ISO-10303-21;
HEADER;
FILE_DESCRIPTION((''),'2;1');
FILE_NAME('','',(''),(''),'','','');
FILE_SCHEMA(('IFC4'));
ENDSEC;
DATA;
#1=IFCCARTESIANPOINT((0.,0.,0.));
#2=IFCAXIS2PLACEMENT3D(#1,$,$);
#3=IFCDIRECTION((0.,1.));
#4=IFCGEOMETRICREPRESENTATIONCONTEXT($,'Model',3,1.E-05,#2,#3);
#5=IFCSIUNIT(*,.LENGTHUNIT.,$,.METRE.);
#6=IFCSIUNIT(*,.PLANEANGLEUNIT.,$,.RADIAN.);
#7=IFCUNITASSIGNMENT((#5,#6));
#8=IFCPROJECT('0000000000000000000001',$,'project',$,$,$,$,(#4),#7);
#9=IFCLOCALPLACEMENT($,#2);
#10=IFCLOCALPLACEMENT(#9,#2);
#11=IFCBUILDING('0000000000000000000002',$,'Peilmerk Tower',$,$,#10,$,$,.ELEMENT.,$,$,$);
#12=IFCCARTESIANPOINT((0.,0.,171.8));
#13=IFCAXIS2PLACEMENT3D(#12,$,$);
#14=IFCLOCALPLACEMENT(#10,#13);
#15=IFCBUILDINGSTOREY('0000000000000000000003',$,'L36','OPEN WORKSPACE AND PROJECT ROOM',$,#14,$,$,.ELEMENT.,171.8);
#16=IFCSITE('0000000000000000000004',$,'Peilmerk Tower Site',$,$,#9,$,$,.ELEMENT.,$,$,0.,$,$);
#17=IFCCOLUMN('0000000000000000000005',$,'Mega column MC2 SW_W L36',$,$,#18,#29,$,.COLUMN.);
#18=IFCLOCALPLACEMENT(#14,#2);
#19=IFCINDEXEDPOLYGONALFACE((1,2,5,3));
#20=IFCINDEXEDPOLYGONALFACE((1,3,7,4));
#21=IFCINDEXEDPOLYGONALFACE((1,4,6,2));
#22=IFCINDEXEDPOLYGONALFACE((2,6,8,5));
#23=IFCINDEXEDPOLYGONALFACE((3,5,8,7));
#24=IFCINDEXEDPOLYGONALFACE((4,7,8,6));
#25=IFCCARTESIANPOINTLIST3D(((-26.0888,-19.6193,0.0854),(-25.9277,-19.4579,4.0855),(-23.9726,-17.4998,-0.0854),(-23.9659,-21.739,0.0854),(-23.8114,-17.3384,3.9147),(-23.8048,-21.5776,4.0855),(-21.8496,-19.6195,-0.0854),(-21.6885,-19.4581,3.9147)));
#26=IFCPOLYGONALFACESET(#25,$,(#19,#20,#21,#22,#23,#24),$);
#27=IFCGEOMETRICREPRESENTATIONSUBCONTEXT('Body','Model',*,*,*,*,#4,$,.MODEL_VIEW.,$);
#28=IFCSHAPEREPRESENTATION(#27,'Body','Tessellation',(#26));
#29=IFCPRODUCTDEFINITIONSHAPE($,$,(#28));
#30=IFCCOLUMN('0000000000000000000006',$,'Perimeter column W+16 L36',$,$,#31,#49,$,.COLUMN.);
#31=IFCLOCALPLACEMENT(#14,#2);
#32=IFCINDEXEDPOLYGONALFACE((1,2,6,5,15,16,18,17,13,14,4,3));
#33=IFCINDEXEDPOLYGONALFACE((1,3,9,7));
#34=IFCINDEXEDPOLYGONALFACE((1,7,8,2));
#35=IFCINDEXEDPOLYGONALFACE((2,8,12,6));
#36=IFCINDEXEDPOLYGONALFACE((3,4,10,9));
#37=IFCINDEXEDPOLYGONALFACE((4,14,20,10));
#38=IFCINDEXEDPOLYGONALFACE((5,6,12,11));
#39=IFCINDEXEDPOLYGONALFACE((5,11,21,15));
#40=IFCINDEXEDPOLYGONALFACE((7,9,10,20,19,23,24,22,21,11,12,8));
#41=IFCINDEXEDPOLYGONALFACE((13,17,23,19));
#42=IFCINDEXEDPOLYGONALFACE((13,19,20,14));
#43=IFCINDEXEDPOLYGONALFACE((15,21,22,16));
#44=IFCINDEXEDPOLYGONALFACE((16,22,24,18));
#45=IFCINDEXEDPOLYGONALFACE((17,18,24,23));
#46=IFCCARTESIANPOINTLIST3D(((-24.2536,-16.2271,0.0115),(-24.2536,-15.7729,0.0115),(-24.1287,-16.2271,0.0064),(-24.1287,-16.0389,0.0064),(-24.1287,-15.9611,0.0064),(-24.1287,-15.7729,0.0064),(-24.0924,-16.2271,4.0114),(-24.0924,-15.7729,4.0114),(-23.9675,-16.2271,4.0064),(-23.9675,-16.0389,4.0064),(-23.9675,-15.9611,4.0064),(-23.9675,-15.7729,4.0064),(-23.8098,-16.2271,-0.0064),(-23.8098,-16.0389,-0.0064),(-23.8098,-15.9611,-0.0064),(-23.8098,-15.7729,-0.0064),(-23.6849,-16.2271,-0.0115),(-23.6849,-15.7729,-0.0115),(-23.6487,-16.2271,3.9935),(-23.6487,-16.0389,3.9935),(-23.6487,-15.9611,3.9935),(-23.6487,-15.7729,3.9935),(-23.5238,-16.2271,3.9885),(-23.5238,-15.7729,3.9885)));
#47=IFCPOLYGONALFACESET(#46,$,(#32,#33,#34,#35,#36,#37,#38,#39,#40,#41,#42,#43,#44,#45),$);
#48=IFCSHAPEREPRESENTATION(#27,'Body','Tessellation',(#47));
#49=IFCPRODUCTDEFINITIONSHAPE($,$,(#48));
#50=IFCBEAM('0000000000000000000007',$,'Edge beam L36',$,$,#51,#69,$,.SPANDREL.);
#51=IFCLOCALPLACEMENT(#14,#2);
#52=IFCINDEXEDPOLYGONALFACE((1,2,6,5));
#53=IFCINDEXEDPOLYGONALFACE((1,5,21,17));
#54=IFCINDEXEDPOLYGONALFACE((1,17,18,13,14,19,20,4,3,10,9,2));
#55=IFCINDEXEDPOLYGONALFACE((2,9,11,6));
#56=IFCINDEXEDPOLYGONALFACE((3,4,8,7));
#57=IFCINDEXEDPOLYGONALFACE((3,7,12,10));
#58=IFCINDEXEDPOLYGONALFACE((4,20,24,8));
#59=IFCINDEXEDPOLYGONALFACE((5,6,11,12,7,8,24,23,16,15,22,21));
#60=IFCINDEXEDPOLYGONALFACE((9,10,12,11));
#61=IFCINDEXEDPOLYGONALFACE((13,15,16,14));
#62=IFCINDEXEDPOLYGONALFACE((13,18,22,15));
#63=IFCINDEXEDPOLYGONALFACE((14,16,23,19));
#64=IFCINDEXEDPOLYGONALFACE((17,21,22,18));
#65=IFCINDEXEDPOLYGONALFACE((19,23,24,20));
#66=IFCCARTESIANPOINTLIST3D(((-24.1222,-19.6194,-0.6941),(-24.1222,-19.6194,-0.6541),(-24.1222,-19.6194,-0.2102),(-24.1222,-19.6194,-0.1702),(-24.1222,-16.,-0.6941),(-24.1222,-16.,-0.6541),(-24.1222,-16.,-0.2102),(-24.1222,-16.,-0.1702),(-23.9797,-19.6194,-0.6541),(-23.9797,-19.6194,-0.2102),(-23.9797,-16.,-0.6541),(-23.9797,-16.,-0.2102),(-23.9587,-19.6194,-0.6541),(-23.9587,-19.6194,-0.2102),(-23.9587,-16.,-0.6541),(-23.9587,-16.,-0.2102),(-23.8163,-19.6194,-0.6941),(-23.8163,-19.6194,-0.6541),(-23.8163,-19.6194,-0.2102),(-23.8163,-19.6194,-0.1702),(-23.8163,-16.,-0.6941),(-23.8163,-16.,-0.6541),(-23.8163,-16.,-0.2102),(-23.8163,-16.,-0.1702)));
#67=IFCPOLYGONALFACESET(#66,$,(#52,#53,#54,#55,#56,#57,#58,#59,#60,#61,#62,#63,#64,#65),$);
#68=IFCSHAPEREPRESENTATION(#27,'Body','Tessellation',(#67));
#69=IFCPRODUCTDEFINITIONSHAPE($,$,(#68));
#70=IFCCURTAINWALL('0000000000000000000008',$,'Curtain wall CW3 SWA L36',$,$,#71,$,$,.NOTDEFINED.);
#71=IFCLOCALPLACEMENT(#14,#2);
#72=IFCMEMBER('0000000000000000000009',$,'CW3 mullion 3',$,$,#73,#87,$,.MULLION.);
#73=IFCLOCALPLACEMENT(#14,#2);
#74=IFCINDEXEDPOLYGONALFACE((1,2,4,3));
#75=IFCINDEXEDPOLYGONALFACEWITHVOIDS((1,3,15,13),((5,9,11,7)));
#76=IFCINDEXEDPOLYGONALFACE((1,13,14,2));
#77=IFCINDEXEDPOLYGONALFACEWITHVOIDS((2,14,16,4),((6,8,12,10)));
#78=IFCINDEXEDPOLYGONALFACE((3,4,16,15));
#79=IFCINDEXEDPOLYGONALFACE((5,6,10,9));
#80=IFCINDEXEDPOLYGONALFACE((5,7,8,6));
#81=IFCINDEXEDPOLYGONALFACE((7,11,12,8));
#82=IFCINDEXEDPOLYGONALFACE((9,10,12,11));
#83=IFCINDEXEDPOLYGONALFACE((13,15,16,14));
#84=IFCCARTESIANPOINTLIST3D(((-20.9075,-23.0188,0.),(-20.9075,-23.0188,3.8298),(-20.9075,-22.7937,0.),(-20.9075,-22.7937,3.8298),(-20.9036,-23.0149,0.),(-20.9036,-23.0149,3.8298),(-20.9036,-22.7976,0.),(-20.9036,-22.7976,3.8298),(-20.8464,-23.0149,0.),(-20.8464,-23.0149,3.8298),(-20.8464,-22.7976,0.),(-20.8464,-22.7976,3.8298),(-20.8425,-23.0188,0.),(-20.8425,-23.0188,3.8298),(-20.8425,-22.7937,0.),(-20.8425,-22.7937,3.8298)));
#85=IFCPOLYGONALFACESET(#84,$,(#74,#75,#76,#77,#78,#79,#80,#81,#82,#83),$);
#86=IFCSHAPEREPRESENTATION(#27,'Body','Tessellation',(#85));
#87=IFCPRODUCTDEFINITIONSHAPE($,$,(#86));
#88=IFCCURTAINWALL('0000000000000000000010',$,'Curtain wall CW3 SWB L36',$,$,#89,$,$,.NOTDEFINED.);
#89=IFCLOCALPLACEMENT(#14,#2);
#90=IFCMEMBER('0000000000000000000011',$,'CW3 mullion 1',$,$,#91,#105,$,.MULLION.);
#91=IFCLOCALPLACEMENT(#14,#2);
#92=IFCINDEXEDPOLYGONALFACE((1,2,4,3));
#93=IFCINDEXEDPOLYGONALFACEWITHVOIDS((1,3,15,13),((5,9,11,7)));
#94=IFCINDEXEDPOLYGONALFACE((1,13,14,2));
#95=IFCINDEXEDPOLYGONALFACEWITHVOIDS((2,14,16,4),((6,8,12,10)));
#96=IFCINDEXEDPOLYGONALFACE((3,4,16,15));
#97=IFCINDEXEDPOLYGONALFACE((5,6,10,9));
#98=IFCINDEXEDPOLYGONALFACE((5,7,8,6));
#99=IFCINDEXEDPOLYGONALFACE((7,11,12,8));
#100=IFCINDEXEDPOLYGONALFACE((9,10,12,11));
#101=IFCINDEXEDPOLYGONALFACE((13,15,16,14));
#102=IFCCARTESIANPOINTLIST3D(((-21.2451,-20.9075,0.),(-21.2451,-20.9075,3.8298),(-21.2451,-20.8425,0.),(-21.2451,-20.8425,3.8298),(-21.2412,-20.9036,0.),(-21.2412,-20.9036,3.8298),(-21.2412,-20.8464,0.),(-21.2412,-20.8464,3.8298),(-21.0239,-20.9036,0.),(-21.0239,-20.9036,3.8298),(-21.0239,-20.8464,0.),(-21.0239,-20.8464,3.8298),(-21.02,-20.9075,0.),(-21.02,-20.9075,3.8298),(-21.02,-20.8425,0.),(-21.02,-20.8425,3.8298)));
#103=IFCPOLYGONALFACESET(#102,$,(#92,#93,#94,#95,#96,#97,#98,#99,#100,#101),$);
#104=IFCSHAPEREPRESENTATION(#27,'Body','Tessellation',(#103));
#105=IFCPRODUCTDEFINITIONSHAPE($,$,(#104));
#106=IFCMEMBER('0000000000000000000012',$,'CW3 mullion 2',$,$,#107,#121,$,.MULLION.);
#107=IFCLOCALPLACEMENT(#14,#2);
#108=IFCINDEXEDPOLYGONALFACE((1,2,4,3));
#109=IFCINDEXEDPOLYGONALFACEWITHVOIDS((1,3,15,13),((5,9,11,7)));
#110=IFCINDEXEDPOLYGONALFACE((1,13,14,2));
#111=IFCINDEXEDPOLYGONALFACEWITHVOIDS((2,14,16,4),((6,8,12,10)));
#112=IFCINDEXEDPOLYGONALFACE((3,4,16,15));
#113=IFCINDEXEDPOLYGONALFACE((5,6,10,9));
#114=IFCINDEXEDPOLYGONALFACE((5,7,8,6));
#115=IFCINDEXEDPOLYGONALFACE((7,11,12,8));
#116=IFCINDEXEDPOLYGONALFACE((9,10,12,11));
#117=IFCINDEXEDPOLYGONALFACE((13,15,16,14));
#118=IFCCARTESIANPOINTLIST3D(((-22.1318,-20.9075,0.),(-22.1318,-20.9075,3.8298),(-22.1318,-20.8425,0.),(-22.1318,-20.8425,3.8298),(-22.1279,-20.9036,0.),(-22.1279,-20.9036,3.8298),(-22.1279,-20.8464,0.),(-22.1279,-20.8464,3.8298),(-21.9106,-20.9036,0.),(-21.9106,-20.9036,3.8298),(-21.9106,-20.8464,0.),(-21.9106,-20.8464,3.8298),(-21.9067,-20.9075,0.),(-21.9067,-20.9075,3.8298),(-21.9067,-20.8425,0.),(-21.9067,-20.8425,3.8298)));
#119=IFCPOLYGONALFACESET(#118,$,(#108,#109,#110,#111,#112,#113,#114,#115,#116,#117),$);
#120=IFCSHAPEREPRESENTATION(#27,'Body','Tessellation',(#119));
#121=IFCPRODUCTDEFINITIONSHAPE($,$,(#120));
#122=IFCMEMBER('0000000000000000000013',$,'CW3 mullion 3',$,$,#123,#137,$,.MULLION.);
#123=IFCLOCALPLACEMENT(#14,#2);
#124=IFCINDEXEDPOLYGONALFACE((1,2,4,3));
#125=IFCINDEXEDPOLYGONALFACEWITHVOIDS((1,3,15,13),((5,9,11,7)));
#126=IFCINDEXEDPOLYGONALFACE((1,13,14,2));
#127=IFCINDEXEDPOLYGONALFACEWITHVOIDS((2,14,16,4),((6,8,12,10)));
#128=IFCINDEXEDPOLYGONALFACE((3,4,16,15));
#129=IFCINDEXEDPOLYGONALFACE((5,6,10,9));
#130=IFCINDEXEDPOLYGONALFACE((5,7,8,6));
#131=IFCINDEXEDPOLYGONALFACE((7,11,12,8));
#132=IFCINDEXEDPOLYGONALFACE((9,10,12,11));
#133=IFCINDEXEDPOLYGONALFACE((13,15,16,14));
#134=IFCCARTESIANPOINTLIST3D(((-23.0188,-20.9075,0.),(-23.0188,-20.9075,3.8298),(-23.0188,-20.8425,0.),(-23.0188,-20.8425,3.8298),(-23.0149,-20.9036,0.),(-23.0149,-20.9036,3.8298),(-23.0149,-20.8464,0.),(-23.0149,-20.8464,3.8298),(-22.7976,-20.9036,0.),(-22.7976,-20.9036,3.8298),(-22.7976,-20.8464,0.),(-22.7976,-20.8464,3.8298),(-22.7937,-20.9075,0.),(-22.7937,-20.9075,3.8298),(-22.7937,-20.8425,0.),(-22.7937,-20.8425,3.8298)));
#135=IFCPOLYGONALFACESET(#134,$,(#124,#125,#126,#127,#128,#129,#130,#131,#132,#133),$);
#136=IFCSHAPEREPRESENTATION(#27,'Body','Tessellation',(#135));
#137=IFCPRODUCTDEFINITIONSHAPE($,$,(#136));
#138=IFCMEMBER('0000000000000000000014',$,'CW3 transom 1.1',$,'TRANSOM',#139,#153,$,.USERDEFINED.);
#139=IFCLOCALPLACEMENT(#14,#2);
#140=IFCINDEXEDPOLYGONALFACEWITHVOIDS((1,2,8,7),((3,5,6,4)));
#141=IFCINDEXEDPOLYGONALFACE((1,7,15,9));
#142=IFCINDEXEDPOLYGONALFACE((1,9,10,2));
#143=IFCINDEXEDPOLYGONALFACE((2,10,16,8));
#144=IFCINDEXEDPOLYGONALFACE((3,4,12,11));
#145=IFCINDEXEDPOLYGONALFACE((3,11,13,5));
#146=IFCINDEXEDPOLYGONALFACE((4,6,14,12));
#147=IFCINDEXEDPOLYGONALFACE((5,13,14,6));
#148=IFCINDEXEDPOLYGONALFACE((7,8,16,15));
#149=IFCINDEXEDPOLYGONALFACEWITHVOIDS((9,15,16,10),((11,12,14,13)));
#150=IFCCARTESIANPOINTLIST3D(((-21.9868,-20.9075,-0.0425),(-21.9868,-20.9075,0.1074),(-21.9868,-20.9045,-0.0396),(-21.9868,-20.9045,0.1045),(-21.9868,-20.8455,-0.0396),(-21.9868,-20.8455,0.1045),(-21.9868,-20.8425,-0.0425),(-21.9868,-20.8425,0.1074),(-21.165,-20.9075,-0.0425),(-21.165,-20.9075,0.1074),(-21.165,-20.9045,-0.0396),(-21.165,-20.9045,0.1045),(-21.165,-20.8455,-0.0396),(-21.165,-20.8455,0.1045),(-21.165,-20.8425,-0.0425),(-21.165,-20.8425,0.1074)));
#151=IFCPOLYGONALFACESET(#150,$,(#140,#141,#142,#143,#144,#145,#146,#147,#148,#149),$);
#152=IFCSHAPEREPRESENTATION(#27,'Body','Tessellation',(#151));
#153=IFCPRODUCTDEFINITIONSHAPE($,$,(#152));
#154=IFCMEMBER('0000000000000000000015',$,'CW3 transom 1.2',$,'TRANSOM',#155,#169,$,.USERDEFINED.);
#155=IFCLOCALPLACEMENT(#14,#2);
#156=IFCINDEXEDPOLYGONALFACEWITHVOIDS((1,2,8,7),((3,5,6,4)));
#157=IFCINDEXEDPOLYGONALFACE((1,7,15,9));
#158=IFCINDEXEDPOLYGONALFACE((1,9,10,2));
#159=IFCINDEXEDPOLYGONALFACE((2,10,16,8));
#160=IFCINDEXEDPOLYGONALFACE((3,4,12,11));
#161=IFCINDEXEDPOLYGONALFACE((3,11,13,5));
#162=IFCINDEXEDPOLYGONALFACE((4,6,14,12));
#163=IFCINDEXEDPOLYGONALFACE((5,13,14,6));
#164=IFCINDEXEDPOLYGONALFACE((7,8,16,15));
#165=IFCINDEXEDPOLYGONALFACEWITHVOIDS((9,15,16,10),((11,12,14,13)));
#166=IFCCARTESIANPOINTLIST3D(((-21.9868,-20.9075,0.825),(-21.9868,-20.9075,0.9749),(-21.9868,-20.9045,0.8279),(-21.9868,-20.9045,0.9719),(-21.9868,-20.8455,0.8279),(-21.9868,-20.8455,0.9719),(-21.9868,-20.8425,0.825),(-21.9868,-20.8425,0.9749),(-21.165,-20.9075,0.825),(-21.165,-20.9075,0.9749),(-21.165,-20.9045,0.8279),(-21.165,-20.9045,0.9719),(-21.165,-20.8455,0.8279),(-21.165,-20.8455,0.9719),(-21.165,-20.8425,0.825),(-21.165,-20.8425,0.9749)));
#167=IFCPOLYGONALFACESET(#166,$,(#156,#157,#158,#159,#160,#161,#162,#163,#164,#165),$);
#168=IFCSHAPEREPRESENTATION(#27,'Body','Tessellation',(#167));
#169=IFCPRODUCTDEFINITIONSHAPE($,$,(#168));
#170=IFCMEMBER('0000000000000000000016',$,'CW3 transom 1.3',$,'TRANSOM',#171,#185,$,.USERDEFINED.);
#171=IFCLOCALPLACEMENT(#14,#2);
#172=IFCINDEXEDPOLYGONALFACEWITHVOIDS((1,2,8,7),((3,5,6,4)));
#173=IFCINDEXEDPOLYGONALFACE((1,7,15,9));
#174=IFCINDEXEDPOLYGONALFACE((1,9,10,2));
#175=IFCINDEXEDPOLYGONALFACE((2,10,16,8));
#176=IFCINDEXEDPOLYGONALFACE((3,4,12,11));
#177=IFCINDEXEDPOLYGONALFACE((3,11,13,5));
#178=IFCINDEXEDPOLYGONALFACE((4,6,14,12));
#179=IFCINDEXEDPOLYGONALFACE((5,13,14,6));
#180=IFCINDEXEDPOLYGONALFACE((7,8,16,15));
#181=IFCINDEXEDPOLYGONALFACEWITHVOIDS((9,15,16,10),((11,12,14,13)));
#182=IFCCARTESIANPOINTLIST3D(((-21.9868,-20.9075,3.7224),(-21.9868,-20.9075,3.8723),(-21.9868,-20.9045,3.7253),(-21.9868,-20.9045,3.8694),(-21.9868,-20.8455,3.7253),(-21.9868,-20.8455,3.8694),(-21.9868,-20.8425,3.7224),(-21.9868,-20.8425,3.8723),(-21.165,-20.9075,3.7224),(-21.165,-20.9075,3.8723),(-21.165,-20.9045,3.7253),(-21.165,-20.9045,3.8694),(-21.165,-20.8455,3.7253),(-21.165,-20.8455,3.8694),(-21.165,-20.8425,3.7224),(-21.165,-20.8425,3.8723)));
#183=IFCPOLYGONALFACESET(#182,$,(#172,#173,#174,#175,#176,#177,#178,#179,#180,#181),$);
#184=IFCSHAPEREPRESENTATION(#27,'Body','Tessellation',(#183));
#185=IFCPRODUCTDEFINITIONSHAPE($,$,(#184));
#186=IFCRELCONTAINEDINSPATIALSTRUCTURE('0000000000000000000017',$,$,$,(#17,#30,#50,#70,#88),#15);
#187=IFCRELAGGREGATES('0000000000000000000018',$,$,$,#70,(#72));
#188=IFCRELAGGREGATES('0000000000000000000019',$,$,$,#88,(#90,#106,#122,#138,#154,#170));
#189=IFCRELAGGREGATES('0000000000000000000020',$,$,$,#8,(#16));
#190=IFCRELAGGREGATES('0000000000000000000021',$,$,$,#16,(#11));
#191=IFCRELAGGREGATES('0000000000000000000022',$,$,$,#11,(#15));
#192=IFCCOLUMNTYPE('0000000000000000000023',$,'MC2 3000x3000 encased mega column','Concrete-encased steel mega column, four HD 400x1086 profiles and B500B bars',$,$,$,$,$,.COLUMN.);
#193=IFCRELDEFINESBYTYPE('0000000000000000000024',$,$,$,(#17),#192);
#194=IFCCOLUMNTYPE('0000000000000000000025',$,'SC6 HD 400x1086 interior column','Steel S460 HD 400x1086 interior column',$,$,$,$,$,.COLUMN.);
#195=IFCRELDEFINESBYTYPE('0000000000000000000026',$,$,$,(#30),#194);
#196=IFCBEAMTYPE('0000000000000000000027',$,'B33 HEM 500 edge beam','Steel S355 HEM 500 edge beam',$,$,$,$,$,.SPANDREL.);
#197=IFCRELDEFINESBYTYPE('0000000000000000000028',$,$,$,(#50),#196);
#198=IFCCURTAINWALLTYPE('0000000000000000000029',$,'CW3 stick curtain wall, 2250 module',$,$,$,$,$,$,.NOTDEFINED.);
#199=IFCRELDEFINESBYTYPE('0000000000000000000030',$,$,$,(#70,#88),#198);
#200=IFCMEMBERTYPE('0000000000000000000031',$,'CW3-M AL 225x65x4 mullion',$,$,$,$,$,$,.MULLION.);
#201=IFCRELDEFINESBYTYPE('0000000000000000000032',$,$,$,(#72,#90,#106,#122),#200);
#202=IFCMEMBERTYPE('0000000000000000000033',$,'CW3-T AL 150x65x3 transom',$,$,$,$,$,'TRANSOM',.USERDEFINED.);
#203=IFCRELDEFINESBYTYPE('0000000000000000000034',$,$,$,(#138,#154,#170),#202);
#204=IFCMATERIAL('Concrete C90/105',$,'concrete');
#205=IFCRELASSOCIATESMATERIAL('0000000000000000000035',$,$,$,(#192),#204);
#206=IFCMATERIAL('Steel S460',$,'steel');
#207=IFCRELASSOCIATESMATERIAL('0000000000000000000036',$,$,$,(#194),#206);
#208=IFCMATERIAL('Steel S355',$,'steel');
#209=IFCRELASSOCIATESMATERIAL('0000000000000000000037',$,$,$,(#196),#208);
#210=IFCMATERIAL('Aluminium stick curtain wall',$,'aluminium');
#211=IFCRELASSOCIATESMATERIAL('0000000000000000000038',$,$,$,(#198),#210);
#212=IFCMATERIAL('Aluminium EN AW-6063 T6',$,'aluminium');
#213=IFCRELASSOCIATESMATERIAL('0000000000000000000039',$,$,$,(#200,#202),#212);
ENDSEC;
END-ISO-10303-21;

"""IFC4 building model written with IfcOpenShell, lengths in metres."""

from ifc_helpers import new_model, si_unit, direction, frame, origin, origin_2d, place, context, subcontext, project, spatial, rectangle, hollow_rectangle, i_section, extrude, material, material_profile, profile_set, type_object, element, aggregate, save


model = new_model("IFC4")

# Units and contexts
model_context = context("Model", 3, precision=1e-05, world=origin(), true_north=direction((0.0, 1.0)))
body_context = subcontext(model_context, "Body", "Model", "MODEL_VIEW")
ifc_project = project(units=[si_unit("LENGTHUNIT", "METRE"), si_unit("PLANEANGLEUNIT", "RADIAN")], contexts=[model_context])

# Site, building, storey
site_placement = place(None, origin())
site = spatial("IfcSite", under=ifc_project, at=site_placement, Name="Peilmerk Tower Site", CompositionType="ELEMENT", RefElevation=0.0)
building_placement = place(site_placement, origin())
building = spatial("IfcBuilding", under=site, at=building_placement, Name="Peilmerk Tower", CompositionType="ELEMENT")
storey_placement = place(building_placement, frame((0.0, 0.0, 171.8)))
storey = spatial("IfcBuildingStorey", under=building, at=storey_placement, Name="L36", Description="OPEN WORKSPACE AND PROJECT ROOM", CompositionType="ELEMENT", Elevation=171.8)

# Columns
ifc_material_1 = material(Name="Concrete C90/105", Category="concrete")
ifc_material_profile_1 = material_profile(ifc_material_1, rectangle(XDim=3.0, YDim=3.0, at=origin_2d()), Name="RC 3000x3000")
ifc_profile_set_1 = profile_set([ifc_material_profile_1], Name="Concrete C90/105")
column_type_1 = type_object("IfcColumnType", Name="MC2 3000x3000 encased mega column", Description="Concrete-encased steel mega column, four HD 400x1086 profiles and B500B bars", PredefinedType="COLUMN", material=ifc_profile_set_1)
column_1_placement = place(storey_placement, frame((-23.9692, -19.6194, 0.0), z_axis=(0.040218, 0.040279, 0.998379), x_axis=(-0.707642, 0.706571, 0.0)))
element("IfcColumn", 1, at=column_1_placement, inside=storey, type_object=column_type_1, Name="Mega column MC2 SW_W L36", PredefinedType="COLUMN", context=body_context, shape_type="SweptSolid", body=[
    extrude(rectangle(XDim=3.0, YDim=3.0, at=origin_2d()), origin(), (0.0, 0.0, 1.0), 4.0066),
])
ifc_material_2 = material(Name="Steel S460", Category="steel")
ifc_material_profile_2 = material_profile(ifc_material_2, i_section(OverallWidth=0.4541, OverallDepth=0.5691, WebThickness=0.0779, FlangeThickness=0.125, at=origin_2d()), Name="HD 400x1086")
ifc_profile_set_2 = profile_set([ifc_material_profile_2], Name="Steel S460")
column_type_2 = type_object("IfcColumnType", Name="SC6 HD 400x1086 interior column", Description="Steel S460 HD 400x1086 interior column", PredefinedType="COLUMN", material=ifc_profile_set_2)
column_2_placement = place(storey_placement, frame((-23.9692, -16.0, 0.0), z_axis=(0.040251, 0.0, 0.99919), x_axis=(0.0, 1.0, 0.0)))
element("IfcColumn", 2, at=column_2_placement, inside=storey, type_object=column_type_2, Name="Perimeter column W+16 L36", PredefinedType="COLUMN", context=body_context, shape_type="SweptSolid", body=[
    extrude(i_section(OverallWidth=0.4541, OverallDepth=0.5691, WebThickness=0.0779, FlangeThickness=0.125, at=origin_2d()), origin(), (0.0, 0.0, 1.0), 4.0032),
])

# Beam
ifc_material_3 = material(Name="Steel S355", Category="steel")
ifc_material_profile_3 = material_profile(ifc_material_3, i_section(OverallWidth=0.3059, OverallDepth=0.5239, WebThickness=0.021, FlangeThickness=0.04, at=origin_2d()), Name="HEM 500")
ifc_profile_set_3 = profile_set([ifc_material_profile_3], Name="Steel S355")
beam_type = type_object("IfcBeamType", Name="B33 HEM 500 edge beam", Description="Steel S355 HEM 500 edge beam", PredefinedType="SPANDREL", material=ifc_profile_set_3)
beam_placement = place(storey_placement, frame((-23.9692, -16.0, -0.4321), z_axis=(0.0, -1.0, 0.0), x_axis=(1.0, 0.0, 0.0)))
element("IfcBeam", 3, at=beam_placement, inside=storey, type_object=beam_type, Name="Edge beam L36", PredefinedType="SPANDREL", context=body_context, shape_type="SweptSolid", body=[
    extrude(i_section(OverallWidth=0.3059, OverallDepth=0.5239, WebThickness=0.021, FlangeThickness=0.04, at=origin_2d()), origin(), (0.0, 0.0, 1.0), 3.6194),
])

# Curtain wall, member
ifc_material_4 = material(Name="Aluminium stick curtain wall", Category="aluminium")
curtain_wall_type = type_object("IfcCurtainWallType", Name="CW3 stick curtain wall, 2250 module", PredefinedType="NOTDEFINED", material=ifc_material_4)
curtain_wall_1_placement = place(storey_placement, origin())
curtain_wall_1 = element("IfcCurtainWall", 4, at=curtain_wall_1_placement, inside=storey, type_object=curtain_wall_type, Name="Curtain wall CW3 SWA L36", PredefinedType="NOTDEFINED")
ifc_material_5 = material(Name="Aluminium EN AW-6063 T6", Category="aluminium")
ifc_material_profile_4 = material_profile(ifc_material_5, hollow_rectangle(XDim=0.0649, YDim=0.2251, WallThickness=0.0039, at=origin_2d()), Name="AL 225x65x4")
ifc_profile_set_4 = profile_set([ifc_material_profile_4], Name="Aluminium EN AW-6063 T6")
member_type_1 = type_object("IfcMemberType", Name="CW3-M AL 225x65x4 mullion", PredefinedType="MULLION", material=ifc_profile_set_4)
member_1_placement = place(storey_placement, frame((-20.875, -22.9062, 0.0), z_axis=(0.0, 0.0, 1.0), x_axis=(1.0, 0.0, 0.0)))
member_1 = element("IfcMember", 5, at=member_1_placement, type_object=member_type_1, Name="CW3 mullion 3", PredefinedType="MULLION", context=body_context, shape_type="SweptSolid", body=[
    extrude(hollow_rectangle(XDim=0.0649, YDim=0.2251, WallThickness=0.0039, at=origin_2d()), origin(), (0.0, 0.0, 1.0), 3.8298),
])

# Curtain wall, members
curtain_wall_2_placement = place(storey_placement, origin())
curtain_wall_2 = element("IfcCurtainWall", 6, at=curtain_wall_2_placement, inside=storey, type_object=curtain_wall_type, Name="Curtain wall CW3 SWB L36", PredefinedType="NOTDEFINED")
member_2_placement = place(storey_placement, frame((-21.1326, -20.875, 0.0), z_axis=(0.0, 0.0, 1.0), x_axis=(0.0, -1.0, 0.0)))
member_2 = element("IfcMember", 7, at=member_2_placement, type_object=member_type_1, Name="CW3 mullion 1", PredefinedType="MULLION", context=body_context, shape_type="SweptSolid", body=[
    extrude(hollow_rectangle(XDim=0.0649, YDim=0.2251, WallThickness=0.0039, at=origin_2d()), origin(), (0.0, 0.0, 1.0), 3.8298),
])
member_3_placement = place(storey_placement, frame((-22.0193, -20.875, 0.0), z_axis=(0.0, 0.0, 1.0), x_axis=(0.0, -1.0, 0.0)))
member_3 = element("IfcMember", 8, at=member_3_placement, type_object=member_type_1, Name="CW3 mullion 2", PredefinedType="MULLION", context=body_context, shape_type="SweptSolid", body=[
    extrude(hollow_rectangle(XDim=0.0649, YDim=0.2251, WallThickness=0.0039, at=origin_2d()), origin(), (0.0, 0.0, 1.0), 3.8298),
])
member_4_placement = place(storey_placement, frame((-22.9062, -20.875, 0.0), z_axis=(0.0, 0.0, 1.0), x_axis=(0.0, -1.0, 0.0)))
member_4 = element("IfcMember", 9, at=member_4_placement, type_object=member_type_1, Name="CW3 mullion 3", PredefinedType="MULLION", context=body_context, shape_type="SweptSolid", body=[
    extrude(hollow_rectangle(XDim=0.0649, YDim=0.2251, WallThickness=0.0039, at=origin_2d()), origin(), (0.0, 0.0, 1.0), 3.8298),
])
ifc_material_profile_5 = material_profile(ifc_material_5, hollow_rectangle(XDim=0.0649, YDim=0.1499, WallThickness=0.0029, at=origin_2d()), Name="AL 150x65x3")
ifc_profile_set_5 = profile_set([ifc_material_profile_5], Name="Aluminium EN AW-6063 T6")
member_type_2 = type_object("IfcMemberType", Name="CW3-T AL 150x65x3 transom", ElementType="TRANSOM", PredefinedType="USERDEFINED", material=ifc_profile_set_5)
member_5_placement = place(storey_placement, frame((-21.165, -20.875, 0.0325), z_axis=(-1.0, 0.0, 0.0), x_axis=(0.0, -1.0, 0.0)))
member_5 = element("IfcMember", 10, at=member_5_placement, type_object=member_type_2, Name="CW3 transom 1.1", ObjectType="TRANSOM", PredefinedType="USERDEFINED", context=body_context, shape_type="SweptSolid", body=[
    extrude(hollow_rectangle(XDim=0.0649, YDim=0.1499, WallThickness=0.0029, at=origin_2d()), origin(), (0.0, 0.0, 1.0), 0.8218),
])
member_6_placement = place(storey_placement, frame((-21.165, -20.875, 0.8999), z_axis=(-1.0, 0.0, 0.0), x_axis=(0.0, -1.0, 0.0)))
member_6 = element("IfcMember", 11, at=member_6_placement, type_object=member_type_2, Name="CW3 transom 1.2", ObjectType="TRANSOM", PredefinedType="USERDEFINED", context=body_context, shape_type="SweptSolid", body=[
    extrude(hollow_rectangle(XDim=0.0649, YDim=0.1499, WallThickness=0.0029, at=origin_2d()), origin(), (0.0, 0.0, 1.0), 0.8218),
])
member_7_placement = place(storey_placement, frame((-21.165, -20.875, 3.7974), z_axis=(-1.0, 0.0, 0.0), x_axis=(0.0, -1.0, 0.0)))
member_7 = element("IfcMember", 12, at=member_7_placement, type_object=member_type_2, Name="CW3 transom 1.3", ObjectType="TRANSOM", PredefinedType="USERDEFINED", context=body_context, shape_type="SweptSolid", body=[
    extrude(hollow_rectangle(XDim=0.0649, YDim=0.1499, WallThickness=0.0029, at=origin_2d()), origin(), (0.0, 0.0, 1.0), 0.8218),
])

aggregate(curtain_wall_1, [member_1])
aggregate(curtain_wall_2, [member_2, member_3, member_4, member_5, member_6, member_7])

save(model, "model.ifc")
